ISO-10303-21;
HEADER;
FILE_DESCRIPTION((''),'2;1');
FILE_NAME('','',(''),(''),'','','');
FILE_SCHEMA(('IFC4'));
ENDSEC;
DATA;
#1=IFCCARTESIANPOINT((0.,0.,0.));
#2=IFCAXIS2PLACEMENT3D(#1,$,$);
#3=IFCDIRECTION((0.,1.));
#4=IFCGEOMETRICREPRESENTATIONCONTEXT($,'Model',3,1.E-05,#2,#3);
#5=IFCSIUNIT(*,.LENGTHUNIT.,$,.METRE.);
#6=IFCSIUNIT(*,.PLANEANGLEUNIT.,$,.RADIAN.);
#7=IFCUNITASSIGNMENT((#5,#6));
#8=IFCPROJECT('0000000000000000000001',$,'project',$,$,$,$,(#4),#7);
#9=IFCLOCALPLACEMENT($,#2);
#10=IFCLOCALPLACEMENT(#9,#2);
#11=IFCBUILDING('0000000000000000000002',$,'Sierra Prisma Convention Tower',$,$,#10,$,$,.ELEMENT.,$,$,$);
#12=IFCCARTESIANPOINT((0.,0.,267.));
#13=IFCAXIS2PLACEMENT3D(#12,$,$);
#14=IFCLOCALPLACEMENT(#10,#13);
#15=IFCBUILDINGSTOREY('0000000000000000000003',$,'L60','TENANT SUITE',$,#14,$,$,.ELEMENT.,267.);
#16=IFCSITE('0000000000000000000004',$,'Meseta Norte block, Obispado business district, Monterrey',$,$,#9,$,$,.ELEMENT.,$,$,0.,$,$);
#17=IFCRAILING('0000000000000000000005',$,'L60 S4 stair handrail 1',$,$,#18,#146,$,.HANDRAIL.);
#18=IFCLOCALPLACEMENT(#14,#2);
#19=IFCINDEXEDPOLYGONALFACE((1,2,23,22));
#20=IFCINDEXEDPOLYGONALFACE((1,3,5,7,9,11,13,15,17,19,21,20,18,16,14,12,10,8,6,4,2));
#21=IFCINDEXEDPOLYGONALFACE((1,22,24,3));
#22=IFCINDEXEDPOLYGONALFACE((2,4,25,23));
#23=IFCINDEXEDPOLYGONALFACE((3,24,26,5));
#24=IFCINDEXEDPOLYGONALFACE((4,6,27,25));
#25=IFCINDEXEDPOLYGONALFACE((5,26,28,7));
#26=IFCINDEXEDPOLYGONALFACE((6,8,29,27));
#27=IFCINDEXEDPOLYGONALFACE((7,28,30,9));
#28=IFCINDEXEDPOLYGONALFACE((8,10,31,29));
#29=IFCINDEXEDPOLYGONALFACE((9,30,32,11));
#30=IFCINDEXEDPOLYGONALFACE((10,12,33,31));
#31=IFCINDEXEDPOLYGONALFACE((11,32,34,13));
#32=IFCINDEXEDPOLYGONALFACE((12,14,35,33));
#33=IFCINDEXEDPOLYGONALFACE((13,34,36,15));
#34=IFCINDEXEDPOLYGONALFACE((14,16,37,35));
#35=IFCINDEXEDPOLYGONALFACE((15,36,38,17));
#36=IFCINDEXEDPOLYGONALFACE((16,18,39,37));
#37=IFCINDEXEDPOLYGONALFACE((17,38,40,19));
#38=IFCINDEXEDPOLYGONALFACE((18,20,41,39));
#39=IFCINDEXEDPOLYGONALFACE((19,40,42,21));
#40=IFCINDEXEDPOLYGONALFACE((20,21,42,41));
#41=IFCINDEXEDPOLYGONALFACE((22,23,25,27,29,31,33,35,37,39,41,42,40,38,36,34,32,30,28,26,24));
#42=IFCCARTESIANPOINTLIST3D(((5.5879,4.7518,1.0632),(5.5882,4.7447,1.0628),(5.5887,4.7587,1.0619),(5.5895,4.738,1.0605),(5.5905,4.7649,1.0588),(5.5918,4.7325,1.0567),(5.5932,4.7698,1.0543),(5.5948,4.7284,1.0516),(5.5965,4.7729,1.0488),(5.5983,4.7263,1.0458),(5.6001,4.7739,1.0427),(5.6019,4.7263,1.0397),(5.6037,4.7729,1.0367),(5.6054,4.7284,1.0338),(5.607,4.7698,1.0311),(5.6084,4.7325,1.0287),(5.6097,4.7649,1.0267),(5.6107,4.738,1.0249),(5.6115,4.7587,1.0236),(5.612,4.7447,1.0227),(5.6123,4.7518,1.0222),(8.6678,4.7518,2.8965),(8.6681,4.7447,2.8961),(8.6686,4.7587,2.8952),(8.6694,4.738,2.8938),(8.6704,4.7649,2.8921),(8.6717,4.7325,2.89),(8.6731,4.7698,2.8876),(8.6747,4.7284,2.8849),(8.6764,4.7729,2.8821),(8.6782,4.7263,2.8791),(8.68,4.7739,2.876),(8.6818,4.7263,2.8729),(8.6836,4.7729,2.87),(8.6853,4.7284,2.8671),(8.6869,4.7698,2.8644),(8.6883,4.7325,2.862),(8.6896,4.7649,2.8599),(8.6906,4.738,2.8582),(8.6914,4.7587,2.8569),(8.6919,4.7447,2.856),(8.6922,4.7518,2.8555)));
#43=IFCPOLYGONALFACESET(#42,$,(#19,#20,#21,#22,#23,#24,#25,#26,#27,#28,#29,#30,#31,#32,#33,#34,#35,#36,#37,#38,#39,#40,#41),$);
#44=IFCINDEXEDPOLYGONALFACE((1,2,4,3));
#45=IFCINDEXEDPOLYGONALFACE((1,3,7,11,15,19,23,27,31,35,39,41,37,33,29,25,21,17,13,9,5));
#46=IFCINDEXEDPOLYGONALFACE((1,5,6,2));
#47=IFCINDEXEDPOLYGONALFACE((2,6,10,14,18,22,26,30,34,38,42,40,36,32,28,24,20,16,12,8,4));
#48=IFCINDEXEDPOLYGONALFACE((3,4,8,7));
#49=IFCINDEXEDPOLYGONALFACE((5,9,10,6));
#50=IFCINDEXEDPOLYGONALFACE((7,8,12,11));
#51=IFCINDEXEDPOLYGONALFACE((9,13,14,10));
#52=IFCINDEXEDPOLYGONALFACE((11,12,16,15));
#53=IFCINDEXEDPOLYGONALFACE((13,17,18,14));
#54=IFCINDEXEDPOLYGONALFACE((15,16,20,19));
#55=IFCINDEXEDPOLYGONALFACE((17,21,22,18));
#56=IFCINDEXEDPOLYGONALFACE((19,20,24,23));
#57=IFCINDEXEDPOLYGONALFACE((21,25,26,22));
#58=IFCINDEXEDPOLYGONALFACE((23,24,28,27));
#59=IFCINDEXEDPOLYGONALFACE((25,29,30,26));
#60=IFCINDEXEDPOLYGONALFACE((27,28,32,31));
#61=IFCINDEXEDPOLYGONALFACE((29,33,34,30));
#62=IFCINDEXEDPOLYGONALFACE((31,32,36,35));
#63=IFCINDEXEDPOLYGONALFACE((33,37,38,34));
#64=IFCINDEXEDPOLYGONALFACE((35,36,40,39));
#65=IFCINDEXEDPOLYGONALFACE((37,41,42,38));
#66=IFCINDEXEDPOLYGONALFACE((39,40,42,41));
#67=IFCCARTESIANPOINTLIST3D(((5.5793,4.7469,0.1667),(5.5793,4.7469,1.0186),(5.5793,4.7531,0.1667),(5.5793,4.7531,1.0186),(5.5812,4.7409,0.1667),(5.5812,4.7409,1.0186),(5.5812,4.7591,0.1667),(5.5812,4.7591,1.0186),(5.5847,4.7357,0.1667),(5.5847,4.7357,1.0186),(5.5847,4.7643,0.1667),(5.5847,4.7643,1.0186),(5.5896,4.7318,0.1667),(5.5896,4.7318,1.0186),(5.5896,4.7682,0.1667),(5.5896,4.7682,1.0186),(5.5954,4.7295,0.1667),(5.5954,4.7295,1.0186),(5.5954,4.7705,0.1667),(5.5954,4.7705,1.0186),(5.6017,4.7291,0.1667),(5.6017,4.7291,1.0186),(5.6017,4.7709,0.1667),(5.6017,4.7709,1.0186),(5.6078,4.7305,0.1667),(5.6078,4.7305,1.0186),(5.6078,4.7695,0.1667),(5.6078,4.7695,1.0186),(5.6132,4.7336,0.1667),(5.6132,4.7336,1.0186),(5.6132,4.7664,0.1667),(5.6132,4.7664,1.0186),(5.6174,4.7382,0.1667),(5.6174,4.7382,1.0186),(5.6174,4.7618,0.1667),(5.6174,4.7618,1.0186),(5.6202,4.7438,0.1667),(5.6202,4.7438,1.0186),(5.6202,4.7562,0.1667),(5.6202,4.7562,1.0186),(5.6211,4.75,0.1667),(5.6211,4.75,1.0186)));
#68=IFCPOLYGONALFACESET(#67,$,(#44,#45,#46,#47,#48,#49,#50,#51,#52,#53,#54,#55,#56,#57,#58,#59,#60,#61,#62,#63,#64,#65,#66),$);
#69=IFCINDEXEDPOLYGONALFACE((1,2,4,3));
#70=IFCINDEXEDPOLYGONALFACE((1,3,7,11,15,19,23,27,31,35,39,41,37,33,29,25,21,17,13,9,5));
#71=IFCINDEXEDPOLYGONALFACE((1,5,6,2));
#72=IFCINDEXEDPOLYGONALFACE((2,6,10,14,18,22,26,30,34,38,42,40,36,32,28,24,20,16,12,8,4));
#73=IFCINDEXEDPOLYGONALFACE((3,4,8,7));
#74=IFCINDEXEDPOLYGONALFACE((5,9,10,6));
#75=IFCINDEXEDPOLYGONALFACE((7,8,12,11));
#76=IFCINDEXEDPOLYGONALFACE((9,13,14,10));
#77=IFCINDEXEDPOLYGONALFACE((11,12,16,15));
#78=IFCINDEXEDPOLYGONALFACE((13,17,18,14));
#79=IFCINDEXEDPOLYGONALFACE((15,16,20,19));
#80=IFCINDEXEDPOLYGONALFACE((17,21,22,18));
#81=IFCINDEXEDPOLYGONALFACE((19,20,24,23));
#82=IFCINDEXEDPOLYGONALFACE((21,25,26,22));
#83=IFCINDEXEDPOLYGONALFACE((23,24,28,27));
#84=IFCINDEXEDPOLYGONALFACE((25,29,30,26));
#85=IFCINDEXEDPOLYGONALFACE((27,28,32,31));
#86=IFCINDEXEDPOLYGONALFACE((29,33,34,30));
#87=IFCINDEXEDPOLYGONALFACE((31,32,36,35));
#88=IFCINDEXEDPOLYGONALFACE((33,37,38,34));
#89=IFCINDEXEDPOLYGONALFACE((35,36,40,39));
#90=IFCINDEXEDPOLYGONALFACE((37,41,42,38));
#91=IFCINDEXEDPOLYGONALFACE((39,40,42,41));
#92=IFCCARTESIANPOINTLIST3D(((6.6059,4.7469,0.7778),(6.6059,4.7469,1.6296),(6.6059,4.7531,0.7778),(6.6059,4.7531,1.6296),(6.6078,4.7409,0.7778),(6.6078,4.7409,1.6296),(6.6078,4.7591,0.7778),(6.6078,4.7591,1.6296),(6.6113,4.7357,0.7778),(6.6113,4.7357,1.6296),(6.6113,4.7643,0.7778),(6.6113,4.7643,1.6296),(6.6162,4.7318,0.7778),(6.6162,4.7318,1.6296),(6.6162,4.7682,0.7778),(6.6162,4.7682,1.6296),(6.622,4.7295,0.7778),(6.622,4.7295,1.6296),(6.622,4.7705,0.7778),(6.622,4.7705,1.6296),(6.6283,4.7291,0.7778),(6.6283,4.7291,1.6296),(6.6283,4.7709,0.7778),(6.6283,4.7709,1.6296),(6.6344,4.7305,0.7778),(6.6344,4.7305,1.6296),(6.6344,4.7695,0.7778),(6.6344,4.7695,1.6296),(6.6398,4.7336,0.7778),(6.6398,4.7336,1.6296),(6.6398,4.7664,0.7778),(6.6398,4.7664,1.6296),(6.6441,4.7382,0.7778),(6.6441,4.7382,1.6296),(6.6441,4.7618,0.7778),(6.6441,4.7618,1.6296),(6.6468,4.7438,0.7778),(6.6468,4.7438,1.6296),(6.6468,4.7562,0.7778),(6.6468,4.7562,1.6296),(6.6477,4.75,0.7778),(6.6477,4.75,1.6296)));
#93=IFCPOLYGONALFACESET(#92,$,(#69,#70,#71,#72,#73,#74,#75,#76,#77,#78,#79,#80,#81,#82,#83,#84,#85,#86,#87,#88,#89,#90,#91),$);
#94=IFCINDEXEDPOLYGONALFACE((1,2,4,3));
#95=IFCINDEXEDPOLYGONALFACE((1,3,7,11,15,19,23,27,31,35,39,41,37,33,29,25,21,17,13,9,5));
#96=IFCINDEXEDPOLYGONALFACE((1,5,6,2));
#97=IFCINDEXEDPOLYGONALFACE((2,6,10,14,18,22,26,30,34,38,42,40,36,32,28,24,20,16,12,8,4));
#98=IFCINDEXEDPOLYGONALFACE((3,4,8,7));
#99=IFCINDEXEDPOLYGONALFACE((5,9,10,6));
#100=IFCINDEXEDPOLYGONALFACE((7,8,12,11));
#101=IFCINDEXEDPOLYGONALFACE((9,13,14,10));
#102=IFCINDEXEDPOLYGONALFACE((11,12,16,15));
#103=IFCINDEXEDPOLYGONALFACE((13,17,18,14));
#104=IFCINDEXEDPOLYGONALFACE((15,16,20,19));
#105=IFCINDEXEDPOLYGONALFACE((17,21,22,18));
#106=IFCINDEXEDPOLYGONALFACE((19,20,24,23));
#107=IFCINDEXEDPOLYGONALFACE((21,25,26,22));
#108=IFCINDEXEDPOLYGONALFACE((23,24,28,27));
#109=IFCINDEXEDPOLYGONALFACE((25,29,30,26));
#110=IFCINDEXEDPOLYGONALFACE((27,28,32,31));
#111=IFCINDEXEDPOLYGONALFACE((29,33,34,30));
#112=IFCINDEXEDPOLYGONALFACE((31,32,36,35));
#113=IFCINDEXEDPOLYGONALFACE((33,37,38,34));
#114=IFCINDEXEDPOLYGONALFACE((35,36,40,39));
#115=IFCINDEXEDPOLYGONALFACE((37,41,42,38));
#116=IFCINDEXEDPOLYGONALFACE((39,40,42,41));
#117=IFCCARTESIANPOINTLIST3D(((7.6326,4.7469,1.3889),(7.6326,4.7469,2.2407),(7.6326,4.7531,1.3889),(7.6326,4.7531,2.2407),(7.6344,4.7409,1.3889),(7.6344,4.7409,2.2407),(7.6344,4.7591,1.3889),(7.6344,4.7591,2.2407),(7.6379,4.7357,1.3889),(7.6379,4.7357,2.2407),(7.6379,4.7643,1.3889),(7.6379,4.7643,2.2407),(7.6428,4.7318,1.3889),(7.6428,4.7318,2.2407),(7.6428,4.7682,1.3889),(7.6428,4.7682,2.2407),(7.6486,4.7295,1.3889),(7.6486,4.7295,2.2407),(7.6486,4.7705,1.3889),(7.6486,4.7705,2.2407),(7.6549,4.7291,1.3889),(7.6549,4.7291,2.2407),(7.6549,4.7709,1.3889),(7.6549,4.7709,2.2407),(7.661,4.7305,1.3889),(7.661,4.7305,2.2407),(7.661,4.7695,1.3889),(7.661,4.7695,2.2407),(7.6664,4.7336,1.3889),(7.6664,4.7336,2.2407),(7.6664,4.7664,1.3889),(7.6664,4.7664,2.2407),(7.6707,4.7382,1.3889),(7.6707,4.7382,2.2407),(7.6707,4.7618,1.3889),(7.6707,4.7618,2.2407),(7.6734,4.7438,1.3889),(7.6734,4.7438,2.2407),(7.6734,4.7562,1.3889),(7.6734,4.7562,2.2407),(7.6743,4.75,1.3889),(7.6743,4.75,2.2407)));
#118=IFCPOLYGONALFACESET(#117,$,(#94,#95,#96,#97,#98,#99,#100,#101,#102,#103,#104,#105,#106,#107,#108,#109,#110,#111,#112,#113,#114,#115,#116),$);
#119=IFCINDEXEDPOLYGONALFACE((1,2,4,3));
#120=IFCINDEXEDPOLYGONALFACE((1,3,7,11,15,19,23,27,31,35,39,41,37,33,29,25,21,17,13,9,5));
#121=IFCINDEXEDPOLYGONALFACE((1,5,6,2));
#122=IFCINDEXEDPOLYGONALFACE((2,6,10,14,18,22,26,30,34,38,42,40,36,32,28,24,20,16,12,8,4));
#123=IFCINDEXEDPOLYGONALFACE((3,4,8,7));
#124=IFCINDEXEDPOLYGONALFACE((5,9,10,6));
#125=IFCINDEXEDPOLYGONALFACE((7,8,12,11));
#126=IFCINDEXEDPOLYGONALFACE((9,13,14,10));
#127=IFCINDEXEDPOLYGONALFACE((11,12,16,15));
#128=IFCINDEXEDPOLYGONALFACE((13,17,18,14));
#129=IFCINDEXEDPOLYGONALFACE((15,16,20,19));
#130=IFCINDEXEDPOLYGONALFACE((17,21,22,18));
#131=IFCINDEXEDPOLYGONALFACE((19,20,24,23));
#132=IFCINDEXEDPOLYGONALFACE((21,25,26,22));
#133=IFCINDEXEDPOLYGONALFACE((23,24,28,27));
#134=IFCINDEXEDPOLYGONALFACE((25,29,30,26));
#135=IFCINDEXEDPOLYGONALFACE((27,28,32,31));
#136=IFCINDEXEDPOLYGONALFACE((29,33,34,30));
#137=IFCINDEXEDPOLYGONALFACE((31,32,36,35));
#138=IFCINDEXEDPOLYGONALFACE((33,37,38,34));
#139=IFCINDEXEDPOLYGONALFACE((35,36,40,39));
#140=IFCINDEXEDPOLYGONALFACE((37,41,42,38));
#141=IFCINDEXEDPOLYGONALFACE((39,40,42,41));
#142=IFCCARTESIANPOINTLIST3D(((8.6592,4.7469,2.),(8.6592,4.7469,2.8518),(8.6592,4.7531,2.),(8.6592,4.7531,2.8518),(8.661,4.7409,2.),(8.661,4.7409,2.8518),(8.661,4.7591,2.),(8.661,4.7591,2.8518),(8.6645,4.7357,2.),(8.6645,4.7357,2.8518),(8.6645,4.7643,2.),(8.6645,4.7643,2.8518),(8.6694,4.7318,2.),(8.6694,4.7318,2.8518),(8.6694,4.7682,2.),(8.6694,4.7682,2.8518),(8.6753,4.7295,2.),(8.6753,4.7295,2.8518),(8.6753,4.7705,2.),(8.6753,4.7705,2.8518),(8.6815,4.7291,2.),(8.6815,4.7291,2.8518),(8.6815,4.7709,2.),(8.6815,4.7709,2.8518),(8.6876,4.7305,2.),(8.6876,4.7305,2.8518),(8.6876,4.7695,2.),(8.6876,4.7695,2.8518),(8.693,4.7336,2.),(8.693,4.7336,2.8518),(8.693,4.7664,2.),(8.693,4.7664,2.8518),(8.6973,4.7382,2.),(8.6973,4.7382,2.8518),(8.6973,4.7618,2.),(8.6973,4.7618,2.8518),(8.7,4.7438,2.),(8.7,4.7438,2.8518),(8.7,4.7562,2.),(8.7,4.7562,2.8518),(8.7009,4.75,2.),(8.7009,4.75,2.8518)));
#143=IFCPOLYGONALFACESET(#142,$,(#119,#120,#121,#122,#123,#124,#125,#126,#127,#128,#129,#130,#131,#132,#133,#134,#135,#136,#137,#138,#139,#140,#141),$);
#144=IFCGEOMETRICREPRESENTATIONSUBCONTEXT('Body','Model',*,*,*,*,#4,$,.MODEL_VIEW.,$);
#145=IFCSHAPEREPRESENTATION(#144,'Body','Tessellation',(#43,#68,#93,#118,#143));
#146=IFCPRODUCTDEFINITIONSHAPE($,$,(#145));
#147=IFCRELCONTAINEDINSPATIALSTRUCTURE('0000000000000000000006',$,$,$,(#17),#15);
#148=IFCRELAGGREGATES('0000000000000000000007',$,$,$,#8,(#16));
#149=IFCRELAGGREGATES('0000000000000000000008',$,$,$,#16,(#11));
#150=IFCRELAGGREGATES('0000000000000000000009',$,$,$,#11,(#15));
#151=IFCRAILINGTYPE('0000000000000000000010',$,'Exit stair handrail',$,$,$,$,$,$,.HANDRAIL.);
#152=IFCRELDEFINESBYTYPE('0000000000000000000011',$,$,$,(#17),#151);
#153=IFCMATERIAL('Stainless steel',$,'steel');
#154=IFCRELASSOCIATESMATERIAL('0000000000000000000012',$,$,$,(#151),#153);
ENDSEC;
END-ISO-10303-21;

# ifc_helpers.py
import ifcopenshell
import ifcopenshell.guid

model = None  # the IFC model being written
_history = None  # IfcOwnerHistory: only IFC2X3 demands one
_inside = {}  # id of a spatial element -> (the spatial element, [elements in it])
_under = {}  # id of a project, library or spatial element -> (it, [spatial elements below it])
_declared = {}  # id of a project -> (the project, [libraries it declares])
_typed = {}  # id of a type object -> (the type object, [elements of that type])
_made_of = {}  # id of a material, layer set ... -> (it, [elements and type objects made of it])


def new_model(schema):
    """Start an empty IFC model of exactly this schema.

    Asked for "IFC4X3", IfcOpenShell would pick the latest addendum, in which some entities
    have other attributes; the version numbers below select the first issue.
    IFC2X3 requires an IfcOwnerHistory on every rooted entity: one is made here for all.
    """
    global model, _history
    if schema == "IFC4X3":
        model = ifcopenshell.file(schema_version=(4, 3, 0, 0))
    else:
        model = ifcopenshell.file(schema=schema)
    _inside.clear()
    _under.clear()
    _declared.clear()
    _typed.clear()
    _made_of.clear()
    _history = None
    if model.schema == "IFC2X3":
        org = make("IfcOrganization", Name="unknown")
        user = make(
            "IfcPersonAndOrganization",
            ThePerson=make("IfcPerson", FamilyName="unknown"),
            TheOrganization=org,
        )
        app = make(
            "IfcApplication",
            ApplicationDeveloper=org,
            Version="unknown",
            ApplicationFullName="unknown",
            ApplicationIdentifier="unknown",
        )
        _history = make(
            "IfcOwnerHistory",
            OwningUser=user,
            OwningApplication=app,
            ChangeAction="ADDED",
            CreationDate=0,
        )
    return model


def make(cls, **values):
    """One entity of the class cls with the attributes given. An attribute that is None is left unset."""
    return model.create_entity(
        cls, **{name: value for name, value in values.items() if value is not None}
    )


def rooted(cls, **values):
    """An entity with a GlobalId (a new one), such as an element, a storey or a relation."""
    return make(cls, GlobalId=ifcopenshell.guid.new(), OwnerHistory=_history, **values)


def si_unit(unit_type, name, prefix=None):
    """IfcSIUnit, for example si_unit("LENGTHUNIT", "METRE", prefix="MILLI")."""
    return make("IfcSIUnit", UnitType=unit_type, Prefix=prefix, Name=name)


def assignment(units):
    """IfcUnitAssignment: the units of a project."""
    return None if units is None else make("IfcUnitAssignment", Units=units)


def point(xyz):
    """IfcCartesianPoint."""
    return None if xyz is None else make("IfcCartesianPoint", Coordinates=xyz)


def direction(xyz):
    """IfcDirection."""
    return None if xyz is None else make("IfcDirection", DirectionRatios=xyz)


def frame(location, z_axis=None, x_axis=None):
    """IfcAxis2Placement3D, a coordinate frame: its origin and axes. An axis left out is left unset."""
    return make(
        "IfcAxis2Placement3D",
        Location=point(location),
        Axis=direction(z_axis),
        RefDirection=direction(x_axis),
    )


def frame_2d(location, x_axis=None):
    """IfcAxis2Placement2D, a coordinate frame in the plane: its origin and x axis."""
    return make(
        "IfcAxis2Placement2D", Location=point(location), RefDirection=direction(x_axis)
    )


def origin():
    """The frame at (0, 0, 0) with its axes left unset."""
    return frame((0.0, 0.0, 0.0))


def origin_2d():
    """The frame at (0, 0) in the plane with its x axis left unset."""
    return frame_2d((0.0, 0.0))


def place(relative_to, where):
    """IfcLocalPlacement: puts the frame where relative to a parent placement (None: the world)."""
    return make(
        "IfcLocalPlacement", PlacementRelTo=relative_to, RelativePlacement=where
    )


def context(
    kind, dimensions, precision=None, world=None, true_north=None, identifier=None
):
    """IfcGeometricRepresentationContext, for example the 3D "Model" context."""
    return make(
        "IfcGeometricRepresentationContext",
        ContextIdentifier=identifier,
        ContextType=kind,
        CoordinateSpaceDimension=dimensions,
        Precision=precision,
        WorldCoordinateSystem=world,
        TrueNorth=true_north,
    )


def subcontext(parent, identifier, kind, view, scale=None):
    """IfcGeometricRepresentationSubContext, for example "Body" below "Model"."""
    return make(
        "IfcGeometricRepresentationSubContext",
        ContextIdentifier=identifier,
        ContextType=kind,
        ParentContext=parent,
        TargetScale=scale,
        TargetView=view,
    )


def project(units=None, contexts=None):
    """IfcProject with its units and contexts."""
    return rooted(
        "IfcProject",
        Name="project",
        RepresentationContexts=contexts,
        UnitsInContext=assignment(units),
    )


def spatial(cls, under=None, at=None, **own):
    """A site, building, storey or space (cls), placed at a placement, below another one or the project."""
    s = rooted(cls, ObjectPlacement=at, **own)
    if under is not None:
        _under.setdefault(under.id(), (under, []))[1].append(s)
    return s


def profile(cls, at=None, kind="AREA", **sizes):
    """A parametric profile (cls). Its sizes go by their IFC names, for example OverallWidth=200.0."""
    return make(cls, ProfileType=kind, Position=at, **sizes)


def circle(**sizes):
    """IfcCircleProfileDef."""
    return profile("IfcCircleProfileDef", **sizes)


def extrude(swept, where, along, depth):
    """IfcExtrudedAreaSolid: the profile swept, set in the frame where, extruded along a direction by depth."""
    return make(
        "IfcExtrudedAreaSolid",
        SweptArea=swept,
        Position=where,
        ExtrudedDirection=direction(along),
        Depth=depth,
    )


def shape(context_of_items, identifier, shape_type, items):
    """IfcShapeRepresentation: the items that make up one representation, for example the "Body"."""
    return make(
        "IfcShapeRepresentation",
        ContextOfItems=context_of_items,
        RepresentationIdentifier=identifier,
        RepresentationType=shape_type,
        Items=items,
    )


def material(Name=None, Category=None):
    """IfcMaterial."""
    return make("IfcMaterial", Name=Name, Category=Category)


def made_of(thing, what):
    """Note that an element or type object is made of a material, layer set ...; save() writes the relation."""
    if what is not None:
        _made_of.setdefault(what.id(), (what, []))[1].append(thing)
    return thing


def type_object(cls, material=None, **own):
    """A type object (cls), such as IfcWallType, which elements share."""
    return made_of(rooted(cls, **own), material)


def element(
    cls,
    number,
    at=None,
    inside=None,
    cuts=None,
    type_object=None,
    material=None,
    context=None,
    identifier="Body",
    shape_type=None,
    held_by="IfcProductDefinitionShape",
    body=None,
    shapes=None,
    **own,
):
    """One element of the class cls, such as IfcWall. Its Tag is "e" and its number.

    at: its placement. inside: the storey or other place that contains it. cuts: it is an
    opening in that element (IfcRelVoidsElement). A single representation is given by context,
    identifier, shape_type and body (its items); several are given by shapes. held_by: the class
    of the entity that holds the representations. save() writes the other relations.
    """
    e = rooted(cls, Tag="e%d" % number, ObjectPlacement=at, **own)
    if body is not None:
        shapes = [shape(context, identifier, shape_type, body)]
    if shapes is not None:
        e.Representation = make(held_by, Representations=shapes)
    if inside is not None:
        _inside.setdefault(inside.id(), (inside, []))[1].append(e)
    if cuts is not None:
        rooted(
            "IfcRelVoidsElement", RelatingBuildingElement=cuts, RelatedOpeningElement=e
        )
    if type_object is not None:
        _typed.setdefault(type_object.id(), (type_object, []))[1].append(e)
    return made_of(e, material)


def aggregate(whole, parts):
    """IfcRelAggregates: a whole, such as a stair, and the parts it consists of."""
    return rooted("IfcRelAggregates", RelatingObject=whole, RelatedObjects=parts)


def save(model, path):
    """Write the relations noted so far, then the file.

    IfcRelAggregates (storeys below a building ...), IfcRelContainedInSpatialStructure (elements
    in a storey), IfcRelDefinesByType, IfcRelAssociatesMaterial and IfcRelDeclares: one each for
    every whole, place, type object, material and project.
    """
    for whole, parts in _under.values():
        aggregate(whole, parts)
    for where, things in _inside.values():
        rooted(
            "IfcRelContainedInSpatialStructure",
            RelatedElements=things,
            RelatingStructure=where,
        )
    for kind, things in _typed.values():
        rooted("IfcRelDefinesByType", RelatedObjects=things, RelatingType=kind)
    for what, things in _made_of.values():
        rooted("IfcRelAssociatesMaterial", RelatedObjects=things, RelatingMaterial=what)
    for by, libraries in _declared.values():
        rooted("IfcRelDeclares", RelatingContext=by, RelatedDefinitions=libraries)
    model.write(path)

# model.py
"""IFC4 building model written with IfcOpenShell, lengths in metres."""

from ifc_helpers import new_model, si_unit, direction, frame, origin, origin_2d, place, context, subcontext, project, spatial, circle, extrude, material, type_object, element, save


model = new_model("IFC4")

# Units and contexts
model_context = context("Model", 3, precision=1e-05, world=origin(), true_north=direction((0.0, 1.0)))
body_context = subcontext(model_context, "Body", "Model", "MODEL_VIEW")
ifc_project = project(units=[si_unit("LENGTHUNIT", "METRE"), si_unit("PLANEANGLEUNIT", "RADIAN")], contexts=[model_context])

# Site, building, storey
site_placement = place(None, origin())
site = spatial("IfcSite", under=ifc_project, at=site_placement, Name="Meseta Norte block, Obispado business district, Monterrey", CompositionType="ELEMENT", RefElevation=0.0)
building_placement = place(site_placement, origin())
building = spatial("IfcBuilding", under=site, at=building_placement, Name="Sierra Prisma Convention Tower", CompositionType="ELEMENT")
storey_placement = place(building_placement, frame((0.0, 0.0, 267.0)))
storey = spatial("IfcBuildingStorey", under=building, at=storey_placement, Name="L60", Description="TENANT SUITE", CompositionType="ELEMENT", Elevation=267.0)

# Railing
ifc_material_1 = material(Name="Stainless steel", Category="steel")
railing_type_1 = type_object("IfcRailingType", Name="Exit stair handrail", PredefinedType="HANDRAIL", material=ifc_material_1)
railing_1_placement = place(storey_placement, frame((5.6001, 4.75, 0.1667)))
element("IfcRailing", 1, at=railing_1_placement, inside=storey, type_object=railing_type_1, Name="L60 S4 stair handrail 1", PredefinedType="HANDRAIL", context=body_context, shape_type="SweptSolid", body=[
    extrude(circle(Radius=0.0239, at=origin_2d()), frame((0.0, 0.0, 0.876), z_axis=(0.859291, 0.0, 0.511487), x_axis=(0.0, 1.0, 0.0)), (0.0, 0.0, 1.0), 3.5842),
    extrude(circle(Radius=0.021, at=origin_2d()), origin(), (0.0, 0.0, 1.0), 0.8518),
    extrude(circle(Radius=0.021, at=origin_2d()), frame((1.0266, 0.0, 0.6111)), (0.0, 0.0, 1.0), 0.8518),
    extrude(circle(Radius=0.021, at=origin_2d()), frame((2.0532, 0.0, 1.2222)), (0.0, 0.0, 1.0), 0.8518),
    extrude(circle(Radius=0.021, at=origin_2d()), frame((3.0798, 0.0, 1.8333)), (0.0, 0.0, 1.0), 0.8518),
])

save(model, "model.ifc")
